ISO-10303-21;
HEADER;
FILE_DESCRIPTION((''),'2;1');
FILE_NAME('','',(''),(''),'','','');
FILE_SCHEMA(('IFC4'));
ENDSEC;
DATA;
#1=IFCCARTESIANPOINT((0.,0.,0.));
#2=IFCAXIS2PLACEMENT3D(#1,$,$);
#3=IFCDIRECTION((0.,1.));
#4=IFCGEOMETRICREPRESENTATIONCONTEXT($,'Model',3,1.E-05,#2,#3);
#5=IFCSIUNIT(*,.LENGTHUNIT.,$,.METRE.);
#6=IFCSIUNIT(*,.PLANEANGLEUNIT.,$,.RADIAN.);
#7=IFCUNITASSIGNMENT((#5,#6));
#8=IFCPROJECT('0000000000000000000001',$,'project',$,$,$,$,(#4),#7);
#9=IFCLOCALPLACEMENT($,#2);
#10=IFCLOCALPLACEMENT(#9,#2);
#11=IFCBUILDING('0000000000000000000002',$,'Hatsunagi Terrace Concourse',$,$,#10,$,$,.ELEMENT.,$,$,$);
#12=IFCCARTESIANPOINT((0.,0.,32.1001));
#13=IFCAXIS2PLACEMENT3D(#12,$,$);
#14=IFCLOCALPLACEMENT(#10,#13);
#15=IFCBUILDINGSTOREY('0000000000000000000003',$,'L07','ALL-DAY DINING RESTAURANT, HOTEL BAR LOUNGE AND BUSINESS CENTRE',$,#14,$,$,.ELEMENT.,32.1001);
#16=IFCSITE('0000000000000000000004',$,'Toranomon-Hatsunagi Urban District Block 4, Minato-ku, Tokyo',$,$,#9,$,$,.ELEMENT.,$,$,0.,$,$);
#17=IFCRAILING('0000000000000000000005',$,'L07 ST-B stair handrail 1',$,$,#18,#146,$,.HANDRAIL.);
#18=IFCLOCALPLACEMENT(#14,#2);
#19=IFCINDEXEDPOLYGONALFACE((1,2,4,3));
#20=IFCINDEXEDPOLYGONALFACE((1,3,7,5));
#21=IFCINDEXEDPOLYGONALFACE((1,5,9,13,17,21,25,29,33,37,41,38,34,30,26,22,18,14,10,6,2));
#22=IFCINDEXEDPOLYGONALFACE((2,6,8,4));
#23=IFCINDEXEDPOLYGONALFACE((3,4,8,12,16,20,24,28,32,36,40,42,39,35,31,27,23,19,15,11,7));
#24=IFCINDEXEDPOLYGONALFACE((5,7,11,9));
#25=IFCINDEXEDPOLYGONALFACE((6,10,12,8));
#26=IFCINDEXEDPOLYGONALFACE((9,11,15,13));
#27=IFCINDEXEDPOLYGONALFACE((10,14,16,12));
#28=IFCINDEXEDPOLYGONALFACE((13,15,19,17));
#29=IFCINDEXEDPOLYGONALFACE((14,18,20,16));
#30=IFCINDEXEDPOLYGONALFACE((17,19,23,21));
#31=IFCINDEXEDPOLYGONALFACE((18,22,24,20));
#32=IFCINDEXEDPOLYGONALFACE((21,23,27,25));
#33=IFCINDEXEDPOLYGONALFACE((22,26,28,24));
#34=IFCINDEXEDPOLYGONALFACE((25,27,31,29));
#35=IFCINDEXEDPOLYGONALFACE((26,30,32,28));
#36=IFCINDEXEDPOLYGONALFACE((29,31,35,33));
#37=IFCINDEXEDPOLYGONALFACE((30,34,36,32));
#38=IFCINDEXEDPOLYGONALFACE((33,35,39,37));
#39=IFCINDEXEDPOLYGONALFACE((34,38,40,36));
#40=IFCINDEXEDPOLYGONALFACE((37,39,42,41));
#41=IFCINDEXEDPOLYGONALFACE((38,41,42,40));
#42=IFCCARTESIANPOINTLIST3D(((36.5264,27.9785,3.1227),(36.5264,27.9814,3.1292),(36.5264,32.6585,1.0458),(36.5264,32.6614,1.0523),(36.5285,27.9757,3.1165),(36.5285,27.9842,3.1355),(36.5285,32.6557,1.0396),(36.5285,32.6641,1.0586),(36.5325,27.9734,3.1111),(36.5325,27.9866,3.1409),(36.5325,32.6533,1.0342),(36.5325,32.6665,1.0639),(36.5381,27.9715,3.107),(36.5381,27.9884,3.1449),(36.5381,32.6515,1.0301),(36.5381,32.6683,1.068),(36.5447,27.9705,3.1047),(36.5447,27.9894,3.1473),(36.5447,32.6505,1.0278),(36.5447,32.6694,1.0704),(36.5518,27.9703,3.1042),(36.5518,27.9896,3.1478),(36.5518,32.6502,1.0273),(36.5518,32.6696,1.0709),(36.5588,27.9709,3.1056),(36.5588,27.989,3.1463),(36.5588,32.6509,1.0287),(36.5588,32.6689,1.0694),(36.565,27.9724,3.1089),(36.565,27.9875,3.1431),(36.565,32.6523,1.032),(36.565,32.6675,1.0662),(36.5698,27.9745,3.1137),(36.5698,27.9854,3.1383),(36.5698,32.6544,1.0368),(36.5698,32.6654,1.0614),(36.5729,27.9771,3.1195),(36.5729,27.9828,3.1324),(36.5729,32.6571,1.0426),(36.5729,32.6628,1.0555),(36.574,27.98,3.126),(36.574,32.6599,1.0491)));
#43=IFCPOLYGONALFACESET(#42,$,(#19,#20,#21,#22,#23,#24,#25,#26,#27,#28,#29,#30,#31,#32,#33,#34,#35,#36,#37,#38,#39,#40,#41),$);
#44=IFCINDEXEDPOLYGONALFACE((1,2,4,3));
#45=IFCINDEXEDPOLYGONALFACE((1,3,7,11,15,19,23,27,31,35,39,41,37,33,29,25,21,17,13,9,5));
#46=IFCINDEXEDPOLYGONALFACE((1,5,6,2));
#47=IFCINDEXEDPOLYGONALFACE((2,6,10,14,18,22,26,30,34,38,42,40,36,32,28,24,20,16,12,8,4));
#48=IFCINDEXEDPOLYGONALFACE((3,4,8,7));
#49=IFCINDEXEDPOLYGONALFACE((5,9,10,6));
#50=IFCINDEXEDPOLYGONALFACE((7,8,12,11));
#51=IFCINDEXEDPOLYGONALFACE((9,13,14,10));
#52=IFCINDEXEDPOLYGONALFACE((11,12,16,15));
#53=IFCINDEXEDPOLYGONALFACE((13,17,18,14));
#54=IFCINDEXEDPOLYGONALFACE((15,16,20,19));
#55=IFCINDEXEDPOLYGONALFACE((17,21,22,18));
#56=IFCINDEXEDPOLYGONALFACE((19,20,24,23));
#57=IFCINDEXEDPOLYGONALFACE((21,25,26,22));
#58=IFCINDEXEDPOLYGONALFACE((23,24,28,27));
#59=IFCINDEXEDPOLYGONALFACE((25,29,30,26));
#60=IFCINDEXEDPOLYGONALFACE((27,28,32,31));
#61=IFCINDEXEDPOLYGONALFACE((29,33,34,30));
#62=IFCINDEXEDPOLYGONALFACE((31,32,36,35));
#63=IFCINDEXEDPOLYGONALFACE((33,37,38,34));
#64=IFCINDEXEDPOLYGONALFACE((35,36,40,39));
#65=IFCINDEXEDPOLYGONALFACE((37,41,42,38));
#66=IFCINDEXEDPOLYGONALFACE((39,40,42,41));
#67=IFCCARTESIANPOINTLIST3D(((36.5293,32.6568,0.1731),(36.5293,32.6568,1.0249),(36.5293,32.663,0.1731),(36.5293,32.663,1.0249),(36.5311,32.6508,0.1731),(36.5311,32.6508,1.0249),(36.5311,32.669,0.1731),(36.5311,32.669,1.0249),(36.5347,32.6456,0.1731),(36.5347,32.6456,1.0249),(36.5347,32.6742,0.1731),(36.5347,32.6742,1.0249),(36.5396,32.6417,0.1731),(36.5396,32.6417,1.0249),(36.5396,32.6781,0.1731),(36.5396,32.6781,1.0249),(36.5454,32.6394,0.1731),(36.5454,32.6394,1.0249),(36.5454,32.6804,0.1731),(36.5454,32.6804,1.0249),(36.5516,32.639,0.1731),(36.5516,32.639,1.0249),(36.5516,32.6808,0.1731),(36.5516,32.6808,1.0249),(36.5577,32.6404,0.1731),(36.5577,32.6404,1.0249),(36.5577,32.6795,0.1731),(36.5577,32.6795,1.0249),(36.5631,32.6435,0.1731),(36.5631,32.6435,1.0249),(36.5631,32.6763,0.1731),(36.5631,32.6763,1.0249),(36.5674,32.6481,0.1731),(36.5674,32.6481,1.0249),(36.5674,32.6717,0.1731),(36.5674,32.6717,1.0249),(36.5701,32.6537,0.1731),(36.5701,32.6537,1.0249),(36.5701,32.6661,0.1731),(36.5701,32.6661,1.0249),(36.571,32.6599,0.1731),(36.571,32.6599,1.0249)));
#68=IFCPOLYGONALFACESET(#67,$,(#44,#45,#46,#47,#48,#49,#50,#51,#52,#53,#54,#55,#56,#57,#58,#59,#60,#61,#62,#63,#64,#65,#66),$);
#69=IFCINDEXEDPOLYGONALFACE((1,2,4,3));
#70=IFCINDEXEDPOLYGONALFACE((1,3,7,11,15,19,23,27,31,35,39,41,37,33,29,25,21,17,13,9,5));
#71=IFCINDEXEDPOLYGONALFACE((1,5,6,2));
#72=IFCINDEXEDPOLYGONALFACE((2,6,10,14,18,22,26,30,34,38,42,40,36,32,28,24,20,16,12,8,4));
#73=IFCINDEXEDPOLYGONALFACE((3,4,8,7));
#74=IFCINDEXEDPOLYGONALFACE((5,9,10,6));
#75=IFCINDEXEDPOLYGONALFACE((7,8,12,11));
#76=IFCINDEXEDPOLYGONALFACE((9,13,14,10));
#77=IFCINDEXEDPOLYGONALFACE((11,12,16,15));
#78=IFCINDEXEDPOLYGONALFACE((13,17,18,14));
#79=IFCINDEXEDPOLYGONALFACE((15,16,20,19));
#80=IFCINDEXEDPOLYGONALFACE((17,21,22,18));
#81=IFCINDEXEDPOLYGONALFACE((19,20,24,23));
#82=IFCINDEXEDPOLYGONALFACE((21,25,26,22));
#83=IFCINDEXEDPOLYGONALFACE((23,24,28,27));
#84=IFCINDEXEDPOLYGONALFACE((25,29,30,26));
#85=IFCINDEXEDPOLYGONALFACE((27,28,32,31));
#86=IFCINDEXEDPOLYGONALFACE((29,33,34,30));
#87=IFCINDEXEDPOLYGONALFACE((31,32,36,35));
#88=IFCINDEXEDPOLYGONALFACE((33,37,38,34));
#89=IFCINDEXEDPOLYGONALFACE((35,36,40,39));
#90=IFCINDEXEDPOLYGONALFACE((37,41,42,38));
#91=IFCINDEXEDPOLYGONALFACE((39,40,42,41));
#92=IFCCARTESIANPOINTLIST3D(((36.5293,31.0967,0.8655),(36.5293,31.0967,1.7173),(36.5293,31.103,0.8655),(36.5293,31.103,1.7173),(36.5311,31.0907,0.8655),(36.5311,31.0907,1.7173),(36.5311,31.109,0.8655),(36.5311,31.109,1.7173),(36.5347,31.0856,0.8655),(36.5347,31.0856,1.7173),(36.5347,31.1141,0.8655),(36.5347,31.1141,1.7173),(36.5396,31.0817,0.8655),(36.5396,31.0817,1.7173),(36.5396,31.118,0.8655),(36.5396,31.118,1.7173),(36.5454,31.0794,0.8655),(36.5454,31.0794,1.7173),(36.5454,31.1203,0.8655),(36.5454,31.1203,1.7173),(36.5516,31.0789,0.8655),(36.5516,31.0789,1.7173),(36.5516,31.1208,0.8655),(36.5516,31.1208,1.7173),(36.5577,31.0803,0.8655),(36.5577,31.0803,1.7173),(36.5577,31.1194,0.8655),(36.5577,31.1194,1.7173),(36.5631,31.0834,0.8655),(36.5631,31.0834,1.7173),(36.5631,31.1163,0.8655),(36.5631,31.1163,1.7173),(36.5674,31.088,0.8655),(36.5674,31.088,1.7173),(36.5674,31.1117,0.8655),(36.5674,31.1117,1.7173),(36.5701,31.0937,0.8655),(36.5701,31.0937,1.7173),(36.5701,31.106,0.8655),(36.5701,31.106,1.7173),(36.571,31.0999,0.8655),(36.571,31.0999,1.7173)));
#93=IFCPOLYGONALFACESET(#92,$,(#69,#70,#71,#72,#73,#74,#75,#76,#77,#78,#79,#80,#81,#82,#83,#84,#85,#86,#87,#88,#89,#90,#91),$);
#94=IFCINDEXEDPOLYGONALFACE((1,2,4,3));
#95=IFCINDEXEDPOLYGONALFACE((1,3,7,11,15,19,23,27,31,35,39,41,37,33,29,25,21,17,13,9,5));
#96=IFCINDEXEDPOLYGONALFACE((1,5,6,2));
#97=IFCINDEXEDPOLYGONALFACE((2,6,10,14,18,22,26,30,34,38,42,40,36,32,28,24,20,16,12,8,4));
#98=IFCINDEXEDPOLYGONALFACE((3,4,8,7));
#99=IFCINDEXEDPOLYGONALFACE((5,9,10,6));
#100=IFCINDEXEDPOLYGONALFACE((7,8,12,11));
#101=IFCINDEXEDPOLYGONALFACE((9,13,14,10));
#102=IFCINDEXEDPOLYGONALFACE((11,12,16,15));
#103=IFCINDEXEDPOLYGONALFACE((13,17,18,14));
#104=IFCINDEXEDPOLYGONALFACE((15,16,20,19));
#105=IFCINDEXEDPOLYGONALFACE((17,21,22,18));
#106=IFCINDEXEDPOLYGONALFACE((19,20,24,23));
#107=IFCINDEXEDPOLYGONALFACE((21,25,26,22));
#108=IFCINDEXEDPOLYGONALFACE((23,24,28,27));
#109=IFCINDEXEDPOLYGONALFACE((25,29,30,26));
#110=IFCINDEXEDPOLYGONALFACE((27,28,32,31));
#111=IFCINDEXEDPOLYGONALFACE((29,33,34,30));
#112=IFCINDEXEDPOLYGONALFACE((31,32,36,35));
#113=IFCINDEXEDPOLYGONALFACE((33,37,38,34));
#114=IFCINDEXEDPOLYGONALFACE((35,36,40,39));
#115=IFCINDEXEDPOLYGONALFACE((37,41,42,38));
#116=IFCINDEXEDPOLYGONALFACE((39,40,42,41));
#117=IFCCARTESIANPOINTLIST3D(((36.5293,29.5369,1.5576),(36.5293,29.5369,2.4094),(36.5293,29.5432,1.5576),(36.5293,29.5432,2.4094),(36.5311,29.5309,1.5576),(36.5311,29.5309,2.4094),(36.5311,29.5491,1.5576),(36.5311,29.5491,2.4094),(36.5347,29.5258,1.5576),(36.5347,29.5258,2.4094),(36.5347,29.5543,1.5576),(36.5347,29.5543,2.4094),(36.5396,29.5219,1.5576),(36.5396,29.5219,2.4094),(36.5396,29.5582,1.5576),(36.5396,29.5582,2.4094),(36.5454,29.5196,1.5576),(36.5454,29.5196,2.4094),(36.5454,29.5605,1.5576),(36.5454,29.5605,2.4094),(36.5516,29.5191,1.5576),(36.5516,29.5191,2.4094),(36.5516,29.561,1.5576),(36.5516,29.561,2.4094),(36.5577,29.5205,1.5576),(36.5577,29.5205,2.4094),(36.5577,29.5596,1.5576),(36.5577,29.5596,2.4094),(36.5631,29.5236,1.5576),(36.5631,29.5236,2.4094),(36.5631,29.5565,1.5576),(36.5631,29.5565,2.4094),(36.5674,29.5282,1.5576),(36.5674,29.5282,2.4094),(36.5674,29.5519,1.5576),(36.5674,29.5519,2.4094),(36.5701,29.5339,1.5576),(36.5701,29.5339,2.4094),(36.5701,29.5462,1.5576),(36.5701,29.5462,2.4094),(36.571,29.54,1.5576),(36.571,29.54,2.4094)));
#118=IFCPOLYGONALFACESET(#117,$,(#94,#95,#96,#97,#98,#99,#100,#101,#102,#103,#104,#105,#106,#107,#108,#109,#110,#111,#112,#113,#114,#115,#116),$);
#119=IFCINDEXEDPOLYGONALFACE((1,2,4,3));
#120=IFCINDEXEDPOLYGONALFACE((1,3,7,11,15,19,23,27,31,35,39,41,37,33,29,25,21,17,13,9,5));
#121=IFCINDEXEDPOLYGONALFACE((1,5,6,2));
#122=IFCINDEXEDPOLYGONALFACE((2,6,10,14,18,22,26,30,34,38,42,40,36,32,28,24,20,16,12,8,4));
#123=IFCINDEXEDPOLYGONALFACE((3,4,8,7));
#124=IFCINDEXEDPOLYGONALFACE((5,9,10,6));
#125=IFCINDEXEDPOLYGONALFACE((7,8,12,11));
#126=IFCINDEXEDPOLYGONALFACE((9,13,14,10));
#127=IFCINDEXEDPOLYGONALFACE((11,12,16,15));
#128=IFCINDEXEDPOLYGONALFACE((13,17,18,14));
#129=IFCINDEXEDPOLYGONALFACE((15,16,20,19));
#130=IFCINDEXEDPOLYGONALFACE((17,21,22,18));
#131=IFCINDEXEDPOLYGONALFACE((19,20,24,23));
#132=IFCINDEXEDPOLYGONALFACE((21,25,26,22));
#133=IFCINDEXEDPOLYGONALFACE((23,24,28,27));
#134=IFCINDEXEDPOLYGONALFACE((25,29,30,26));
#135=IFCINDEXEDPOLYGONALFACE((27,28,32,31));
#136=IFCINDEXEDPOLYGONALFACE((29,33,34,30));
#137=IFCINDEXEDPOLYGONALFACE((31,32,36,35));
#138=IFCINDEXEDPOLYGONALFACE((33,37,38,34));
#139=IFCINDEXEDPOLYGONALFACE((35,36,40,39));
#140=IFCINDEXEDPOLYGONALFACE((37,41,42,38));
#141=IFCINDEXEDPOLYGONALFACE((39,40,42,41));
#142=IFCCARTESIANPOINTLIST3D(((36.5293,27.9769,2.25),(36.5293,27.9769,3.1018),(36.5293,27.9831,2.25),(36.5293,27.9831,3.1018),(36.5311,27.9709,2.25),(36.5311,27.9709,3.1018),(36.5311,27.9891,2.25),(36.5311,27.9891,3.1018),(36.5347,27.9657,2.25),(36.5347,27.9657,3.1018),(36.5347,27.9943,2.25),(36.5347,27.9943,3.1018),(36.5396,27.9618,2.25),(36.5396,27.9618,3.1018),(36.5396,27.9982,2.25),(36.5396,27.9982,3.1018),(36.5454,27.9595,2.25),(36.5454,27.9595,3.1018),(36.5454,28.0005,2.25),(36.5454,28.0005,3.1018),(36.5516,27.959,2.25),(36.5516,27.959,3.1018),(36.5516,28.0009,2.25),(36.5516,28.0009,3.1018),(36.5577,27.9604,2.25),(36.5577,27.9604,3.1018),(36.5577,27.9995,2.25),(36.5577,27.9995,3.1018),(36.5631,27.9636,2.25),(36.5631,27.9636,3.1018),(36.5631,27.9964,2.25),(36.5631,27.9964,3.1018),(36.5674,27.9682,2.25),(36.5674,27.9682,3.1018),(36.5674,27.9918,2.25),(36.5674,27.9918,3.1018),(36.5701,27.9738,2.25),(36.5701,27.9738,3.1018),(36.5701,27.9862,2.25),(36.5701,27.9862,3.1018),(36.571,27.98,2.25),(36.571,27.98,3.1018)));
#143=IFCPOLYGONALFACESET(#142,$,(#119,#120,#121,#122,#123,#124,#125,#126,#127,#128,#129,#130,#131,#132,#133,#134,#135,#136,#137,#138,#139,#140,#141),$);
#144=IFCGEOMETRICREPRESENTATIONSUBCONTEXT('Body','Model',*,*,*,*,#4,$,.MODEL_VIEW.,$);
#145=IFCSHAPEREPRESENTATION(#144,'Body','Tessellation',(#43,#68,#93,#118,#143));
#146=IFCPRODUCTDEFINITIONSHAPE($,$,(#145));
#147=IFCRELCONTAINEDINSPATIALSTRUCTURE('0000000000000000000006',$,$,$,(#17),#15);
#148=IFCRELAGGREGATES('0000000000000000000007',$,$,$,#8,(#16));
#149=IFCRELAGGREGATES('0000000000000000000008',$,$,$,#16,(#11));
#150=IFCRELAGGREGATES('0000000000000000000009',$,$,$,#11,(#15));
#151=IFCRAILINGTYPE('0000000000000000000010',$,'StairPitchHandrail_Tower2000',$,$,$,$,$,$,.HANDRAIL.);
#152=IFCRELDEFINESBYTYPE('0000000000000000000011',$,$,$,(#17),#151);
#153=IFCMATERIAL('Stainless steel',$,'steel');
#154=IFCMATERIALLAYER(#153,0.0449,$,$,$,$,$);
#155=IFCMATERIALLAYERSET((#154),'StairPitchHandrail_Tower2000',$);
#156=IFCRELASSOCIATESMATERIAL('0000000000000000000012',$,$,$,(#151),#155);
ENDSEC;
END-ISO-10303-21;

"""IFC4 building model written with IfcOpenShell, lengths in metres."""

from ifc_helpers import new_model, si_unit, direction, frame, origin, origin_2d, place, context, subcontext, project, spatial, circle, extrude, material, layer, layer_set, type_object, element, save


model = new_model("IFC4")

# Units and contexts
model_context = context("Model", 3, precision=1e-05, world=origin(), true_north=direction((0.0, 1.0)))
body_context = subcontext(model_context, "Body", "Model", "MODEL_VIEW")
ifc_project = project(units=[si_unit("LENGTHUNIT", "METRE"), si_unit("PLANEANGLEUNIT", "RADIAN")], contexts=[model_context])

# Site, building, storey
site_placement = place(None, origin())
site = spatial("IfcSite", under=ifc_project, at=site_placement, Name="Toranomon-Hatsunagi Urban District Block 4, Minato-ku, Tokyo", CompositionType="ELEMENT", RefElevation=0.0)
building_placement = place(site_placement, origin())
building = spatial("IfcBuilding", under=site, at=building_placement, Name="Hatsunagi Terrace Concourse", CompositionType="ELEMENT")
storey_placement = place(building_placement, frame((0.0, 0.0, 32.1001)))
storey = spatial("IfcBuildingStorey", under=building, at=storey_placement, Name="L07", Description="ALL-DAY DINING RESTAURANT, HOTEL BAR LOUNGE AND BUSINESS CENTRE", CompositionType="ELEMENT", Elevation=32.1001)

# Railing
ifc_material_1 = material(Name="Stainless steel", Category="steel")
ifc_layer_1 = layer(ifc_material_1, 0.0449)
ifc_layer_set_1 = layer_set([ifc_layer_1], Name="StairPitchHandrail_Tower2000")
railing_type_1 = type_object("IfcRailingType", Name="StairPitchHandrail_Tower2000", PredefinedType="HANDRAIL", material=ifc_layer_set_1)
railing_1_placement = place(storey_placement, frame((36.55, 32.6599, 0.1731)))
element("IfcRailing", 1, at=railing_1_placement, inside=storey, type_object=railing_type_1, Name="L07 ST-B stair handrail 1", PredefinedType="HANDRAIL", context=body_context, shape_type="SweptSolid", body=[
    extrude(circle(Radius=0.0239, at=origin_2d()), frame((0.0, 0.0, 0.876), z_axis=(0.0, -0.914034, 0.405638), x_axis=(1.0, 0.0, 0.0)), (0.0, 0.0, 1.0), 5.1201),
    extrude(circle(Radius=0.021, at=origin_2d()), origin(), (0.0, 0.0, 1.0), 0.8518),
    extrude(circle(Radius=0.021, at=origin_2d()), frame((0.0, -1.5601, 0.6924)), (0.0, 0.0, 1.0), 0.8518),
    extrude(circle(Radius=0.021, at=origin_2d()), frame((0.0, -3.1199, 1.3845)), (0.0, 0.0, 1.0), 0.8518),
    extrude(circle(Radius=0.021, at=origin_2d()), frame((0.0, -4.6799, 2.0769)), (0.0, 0.0, 1.0), 0.8518),
])

save(model, "model.ifc")
